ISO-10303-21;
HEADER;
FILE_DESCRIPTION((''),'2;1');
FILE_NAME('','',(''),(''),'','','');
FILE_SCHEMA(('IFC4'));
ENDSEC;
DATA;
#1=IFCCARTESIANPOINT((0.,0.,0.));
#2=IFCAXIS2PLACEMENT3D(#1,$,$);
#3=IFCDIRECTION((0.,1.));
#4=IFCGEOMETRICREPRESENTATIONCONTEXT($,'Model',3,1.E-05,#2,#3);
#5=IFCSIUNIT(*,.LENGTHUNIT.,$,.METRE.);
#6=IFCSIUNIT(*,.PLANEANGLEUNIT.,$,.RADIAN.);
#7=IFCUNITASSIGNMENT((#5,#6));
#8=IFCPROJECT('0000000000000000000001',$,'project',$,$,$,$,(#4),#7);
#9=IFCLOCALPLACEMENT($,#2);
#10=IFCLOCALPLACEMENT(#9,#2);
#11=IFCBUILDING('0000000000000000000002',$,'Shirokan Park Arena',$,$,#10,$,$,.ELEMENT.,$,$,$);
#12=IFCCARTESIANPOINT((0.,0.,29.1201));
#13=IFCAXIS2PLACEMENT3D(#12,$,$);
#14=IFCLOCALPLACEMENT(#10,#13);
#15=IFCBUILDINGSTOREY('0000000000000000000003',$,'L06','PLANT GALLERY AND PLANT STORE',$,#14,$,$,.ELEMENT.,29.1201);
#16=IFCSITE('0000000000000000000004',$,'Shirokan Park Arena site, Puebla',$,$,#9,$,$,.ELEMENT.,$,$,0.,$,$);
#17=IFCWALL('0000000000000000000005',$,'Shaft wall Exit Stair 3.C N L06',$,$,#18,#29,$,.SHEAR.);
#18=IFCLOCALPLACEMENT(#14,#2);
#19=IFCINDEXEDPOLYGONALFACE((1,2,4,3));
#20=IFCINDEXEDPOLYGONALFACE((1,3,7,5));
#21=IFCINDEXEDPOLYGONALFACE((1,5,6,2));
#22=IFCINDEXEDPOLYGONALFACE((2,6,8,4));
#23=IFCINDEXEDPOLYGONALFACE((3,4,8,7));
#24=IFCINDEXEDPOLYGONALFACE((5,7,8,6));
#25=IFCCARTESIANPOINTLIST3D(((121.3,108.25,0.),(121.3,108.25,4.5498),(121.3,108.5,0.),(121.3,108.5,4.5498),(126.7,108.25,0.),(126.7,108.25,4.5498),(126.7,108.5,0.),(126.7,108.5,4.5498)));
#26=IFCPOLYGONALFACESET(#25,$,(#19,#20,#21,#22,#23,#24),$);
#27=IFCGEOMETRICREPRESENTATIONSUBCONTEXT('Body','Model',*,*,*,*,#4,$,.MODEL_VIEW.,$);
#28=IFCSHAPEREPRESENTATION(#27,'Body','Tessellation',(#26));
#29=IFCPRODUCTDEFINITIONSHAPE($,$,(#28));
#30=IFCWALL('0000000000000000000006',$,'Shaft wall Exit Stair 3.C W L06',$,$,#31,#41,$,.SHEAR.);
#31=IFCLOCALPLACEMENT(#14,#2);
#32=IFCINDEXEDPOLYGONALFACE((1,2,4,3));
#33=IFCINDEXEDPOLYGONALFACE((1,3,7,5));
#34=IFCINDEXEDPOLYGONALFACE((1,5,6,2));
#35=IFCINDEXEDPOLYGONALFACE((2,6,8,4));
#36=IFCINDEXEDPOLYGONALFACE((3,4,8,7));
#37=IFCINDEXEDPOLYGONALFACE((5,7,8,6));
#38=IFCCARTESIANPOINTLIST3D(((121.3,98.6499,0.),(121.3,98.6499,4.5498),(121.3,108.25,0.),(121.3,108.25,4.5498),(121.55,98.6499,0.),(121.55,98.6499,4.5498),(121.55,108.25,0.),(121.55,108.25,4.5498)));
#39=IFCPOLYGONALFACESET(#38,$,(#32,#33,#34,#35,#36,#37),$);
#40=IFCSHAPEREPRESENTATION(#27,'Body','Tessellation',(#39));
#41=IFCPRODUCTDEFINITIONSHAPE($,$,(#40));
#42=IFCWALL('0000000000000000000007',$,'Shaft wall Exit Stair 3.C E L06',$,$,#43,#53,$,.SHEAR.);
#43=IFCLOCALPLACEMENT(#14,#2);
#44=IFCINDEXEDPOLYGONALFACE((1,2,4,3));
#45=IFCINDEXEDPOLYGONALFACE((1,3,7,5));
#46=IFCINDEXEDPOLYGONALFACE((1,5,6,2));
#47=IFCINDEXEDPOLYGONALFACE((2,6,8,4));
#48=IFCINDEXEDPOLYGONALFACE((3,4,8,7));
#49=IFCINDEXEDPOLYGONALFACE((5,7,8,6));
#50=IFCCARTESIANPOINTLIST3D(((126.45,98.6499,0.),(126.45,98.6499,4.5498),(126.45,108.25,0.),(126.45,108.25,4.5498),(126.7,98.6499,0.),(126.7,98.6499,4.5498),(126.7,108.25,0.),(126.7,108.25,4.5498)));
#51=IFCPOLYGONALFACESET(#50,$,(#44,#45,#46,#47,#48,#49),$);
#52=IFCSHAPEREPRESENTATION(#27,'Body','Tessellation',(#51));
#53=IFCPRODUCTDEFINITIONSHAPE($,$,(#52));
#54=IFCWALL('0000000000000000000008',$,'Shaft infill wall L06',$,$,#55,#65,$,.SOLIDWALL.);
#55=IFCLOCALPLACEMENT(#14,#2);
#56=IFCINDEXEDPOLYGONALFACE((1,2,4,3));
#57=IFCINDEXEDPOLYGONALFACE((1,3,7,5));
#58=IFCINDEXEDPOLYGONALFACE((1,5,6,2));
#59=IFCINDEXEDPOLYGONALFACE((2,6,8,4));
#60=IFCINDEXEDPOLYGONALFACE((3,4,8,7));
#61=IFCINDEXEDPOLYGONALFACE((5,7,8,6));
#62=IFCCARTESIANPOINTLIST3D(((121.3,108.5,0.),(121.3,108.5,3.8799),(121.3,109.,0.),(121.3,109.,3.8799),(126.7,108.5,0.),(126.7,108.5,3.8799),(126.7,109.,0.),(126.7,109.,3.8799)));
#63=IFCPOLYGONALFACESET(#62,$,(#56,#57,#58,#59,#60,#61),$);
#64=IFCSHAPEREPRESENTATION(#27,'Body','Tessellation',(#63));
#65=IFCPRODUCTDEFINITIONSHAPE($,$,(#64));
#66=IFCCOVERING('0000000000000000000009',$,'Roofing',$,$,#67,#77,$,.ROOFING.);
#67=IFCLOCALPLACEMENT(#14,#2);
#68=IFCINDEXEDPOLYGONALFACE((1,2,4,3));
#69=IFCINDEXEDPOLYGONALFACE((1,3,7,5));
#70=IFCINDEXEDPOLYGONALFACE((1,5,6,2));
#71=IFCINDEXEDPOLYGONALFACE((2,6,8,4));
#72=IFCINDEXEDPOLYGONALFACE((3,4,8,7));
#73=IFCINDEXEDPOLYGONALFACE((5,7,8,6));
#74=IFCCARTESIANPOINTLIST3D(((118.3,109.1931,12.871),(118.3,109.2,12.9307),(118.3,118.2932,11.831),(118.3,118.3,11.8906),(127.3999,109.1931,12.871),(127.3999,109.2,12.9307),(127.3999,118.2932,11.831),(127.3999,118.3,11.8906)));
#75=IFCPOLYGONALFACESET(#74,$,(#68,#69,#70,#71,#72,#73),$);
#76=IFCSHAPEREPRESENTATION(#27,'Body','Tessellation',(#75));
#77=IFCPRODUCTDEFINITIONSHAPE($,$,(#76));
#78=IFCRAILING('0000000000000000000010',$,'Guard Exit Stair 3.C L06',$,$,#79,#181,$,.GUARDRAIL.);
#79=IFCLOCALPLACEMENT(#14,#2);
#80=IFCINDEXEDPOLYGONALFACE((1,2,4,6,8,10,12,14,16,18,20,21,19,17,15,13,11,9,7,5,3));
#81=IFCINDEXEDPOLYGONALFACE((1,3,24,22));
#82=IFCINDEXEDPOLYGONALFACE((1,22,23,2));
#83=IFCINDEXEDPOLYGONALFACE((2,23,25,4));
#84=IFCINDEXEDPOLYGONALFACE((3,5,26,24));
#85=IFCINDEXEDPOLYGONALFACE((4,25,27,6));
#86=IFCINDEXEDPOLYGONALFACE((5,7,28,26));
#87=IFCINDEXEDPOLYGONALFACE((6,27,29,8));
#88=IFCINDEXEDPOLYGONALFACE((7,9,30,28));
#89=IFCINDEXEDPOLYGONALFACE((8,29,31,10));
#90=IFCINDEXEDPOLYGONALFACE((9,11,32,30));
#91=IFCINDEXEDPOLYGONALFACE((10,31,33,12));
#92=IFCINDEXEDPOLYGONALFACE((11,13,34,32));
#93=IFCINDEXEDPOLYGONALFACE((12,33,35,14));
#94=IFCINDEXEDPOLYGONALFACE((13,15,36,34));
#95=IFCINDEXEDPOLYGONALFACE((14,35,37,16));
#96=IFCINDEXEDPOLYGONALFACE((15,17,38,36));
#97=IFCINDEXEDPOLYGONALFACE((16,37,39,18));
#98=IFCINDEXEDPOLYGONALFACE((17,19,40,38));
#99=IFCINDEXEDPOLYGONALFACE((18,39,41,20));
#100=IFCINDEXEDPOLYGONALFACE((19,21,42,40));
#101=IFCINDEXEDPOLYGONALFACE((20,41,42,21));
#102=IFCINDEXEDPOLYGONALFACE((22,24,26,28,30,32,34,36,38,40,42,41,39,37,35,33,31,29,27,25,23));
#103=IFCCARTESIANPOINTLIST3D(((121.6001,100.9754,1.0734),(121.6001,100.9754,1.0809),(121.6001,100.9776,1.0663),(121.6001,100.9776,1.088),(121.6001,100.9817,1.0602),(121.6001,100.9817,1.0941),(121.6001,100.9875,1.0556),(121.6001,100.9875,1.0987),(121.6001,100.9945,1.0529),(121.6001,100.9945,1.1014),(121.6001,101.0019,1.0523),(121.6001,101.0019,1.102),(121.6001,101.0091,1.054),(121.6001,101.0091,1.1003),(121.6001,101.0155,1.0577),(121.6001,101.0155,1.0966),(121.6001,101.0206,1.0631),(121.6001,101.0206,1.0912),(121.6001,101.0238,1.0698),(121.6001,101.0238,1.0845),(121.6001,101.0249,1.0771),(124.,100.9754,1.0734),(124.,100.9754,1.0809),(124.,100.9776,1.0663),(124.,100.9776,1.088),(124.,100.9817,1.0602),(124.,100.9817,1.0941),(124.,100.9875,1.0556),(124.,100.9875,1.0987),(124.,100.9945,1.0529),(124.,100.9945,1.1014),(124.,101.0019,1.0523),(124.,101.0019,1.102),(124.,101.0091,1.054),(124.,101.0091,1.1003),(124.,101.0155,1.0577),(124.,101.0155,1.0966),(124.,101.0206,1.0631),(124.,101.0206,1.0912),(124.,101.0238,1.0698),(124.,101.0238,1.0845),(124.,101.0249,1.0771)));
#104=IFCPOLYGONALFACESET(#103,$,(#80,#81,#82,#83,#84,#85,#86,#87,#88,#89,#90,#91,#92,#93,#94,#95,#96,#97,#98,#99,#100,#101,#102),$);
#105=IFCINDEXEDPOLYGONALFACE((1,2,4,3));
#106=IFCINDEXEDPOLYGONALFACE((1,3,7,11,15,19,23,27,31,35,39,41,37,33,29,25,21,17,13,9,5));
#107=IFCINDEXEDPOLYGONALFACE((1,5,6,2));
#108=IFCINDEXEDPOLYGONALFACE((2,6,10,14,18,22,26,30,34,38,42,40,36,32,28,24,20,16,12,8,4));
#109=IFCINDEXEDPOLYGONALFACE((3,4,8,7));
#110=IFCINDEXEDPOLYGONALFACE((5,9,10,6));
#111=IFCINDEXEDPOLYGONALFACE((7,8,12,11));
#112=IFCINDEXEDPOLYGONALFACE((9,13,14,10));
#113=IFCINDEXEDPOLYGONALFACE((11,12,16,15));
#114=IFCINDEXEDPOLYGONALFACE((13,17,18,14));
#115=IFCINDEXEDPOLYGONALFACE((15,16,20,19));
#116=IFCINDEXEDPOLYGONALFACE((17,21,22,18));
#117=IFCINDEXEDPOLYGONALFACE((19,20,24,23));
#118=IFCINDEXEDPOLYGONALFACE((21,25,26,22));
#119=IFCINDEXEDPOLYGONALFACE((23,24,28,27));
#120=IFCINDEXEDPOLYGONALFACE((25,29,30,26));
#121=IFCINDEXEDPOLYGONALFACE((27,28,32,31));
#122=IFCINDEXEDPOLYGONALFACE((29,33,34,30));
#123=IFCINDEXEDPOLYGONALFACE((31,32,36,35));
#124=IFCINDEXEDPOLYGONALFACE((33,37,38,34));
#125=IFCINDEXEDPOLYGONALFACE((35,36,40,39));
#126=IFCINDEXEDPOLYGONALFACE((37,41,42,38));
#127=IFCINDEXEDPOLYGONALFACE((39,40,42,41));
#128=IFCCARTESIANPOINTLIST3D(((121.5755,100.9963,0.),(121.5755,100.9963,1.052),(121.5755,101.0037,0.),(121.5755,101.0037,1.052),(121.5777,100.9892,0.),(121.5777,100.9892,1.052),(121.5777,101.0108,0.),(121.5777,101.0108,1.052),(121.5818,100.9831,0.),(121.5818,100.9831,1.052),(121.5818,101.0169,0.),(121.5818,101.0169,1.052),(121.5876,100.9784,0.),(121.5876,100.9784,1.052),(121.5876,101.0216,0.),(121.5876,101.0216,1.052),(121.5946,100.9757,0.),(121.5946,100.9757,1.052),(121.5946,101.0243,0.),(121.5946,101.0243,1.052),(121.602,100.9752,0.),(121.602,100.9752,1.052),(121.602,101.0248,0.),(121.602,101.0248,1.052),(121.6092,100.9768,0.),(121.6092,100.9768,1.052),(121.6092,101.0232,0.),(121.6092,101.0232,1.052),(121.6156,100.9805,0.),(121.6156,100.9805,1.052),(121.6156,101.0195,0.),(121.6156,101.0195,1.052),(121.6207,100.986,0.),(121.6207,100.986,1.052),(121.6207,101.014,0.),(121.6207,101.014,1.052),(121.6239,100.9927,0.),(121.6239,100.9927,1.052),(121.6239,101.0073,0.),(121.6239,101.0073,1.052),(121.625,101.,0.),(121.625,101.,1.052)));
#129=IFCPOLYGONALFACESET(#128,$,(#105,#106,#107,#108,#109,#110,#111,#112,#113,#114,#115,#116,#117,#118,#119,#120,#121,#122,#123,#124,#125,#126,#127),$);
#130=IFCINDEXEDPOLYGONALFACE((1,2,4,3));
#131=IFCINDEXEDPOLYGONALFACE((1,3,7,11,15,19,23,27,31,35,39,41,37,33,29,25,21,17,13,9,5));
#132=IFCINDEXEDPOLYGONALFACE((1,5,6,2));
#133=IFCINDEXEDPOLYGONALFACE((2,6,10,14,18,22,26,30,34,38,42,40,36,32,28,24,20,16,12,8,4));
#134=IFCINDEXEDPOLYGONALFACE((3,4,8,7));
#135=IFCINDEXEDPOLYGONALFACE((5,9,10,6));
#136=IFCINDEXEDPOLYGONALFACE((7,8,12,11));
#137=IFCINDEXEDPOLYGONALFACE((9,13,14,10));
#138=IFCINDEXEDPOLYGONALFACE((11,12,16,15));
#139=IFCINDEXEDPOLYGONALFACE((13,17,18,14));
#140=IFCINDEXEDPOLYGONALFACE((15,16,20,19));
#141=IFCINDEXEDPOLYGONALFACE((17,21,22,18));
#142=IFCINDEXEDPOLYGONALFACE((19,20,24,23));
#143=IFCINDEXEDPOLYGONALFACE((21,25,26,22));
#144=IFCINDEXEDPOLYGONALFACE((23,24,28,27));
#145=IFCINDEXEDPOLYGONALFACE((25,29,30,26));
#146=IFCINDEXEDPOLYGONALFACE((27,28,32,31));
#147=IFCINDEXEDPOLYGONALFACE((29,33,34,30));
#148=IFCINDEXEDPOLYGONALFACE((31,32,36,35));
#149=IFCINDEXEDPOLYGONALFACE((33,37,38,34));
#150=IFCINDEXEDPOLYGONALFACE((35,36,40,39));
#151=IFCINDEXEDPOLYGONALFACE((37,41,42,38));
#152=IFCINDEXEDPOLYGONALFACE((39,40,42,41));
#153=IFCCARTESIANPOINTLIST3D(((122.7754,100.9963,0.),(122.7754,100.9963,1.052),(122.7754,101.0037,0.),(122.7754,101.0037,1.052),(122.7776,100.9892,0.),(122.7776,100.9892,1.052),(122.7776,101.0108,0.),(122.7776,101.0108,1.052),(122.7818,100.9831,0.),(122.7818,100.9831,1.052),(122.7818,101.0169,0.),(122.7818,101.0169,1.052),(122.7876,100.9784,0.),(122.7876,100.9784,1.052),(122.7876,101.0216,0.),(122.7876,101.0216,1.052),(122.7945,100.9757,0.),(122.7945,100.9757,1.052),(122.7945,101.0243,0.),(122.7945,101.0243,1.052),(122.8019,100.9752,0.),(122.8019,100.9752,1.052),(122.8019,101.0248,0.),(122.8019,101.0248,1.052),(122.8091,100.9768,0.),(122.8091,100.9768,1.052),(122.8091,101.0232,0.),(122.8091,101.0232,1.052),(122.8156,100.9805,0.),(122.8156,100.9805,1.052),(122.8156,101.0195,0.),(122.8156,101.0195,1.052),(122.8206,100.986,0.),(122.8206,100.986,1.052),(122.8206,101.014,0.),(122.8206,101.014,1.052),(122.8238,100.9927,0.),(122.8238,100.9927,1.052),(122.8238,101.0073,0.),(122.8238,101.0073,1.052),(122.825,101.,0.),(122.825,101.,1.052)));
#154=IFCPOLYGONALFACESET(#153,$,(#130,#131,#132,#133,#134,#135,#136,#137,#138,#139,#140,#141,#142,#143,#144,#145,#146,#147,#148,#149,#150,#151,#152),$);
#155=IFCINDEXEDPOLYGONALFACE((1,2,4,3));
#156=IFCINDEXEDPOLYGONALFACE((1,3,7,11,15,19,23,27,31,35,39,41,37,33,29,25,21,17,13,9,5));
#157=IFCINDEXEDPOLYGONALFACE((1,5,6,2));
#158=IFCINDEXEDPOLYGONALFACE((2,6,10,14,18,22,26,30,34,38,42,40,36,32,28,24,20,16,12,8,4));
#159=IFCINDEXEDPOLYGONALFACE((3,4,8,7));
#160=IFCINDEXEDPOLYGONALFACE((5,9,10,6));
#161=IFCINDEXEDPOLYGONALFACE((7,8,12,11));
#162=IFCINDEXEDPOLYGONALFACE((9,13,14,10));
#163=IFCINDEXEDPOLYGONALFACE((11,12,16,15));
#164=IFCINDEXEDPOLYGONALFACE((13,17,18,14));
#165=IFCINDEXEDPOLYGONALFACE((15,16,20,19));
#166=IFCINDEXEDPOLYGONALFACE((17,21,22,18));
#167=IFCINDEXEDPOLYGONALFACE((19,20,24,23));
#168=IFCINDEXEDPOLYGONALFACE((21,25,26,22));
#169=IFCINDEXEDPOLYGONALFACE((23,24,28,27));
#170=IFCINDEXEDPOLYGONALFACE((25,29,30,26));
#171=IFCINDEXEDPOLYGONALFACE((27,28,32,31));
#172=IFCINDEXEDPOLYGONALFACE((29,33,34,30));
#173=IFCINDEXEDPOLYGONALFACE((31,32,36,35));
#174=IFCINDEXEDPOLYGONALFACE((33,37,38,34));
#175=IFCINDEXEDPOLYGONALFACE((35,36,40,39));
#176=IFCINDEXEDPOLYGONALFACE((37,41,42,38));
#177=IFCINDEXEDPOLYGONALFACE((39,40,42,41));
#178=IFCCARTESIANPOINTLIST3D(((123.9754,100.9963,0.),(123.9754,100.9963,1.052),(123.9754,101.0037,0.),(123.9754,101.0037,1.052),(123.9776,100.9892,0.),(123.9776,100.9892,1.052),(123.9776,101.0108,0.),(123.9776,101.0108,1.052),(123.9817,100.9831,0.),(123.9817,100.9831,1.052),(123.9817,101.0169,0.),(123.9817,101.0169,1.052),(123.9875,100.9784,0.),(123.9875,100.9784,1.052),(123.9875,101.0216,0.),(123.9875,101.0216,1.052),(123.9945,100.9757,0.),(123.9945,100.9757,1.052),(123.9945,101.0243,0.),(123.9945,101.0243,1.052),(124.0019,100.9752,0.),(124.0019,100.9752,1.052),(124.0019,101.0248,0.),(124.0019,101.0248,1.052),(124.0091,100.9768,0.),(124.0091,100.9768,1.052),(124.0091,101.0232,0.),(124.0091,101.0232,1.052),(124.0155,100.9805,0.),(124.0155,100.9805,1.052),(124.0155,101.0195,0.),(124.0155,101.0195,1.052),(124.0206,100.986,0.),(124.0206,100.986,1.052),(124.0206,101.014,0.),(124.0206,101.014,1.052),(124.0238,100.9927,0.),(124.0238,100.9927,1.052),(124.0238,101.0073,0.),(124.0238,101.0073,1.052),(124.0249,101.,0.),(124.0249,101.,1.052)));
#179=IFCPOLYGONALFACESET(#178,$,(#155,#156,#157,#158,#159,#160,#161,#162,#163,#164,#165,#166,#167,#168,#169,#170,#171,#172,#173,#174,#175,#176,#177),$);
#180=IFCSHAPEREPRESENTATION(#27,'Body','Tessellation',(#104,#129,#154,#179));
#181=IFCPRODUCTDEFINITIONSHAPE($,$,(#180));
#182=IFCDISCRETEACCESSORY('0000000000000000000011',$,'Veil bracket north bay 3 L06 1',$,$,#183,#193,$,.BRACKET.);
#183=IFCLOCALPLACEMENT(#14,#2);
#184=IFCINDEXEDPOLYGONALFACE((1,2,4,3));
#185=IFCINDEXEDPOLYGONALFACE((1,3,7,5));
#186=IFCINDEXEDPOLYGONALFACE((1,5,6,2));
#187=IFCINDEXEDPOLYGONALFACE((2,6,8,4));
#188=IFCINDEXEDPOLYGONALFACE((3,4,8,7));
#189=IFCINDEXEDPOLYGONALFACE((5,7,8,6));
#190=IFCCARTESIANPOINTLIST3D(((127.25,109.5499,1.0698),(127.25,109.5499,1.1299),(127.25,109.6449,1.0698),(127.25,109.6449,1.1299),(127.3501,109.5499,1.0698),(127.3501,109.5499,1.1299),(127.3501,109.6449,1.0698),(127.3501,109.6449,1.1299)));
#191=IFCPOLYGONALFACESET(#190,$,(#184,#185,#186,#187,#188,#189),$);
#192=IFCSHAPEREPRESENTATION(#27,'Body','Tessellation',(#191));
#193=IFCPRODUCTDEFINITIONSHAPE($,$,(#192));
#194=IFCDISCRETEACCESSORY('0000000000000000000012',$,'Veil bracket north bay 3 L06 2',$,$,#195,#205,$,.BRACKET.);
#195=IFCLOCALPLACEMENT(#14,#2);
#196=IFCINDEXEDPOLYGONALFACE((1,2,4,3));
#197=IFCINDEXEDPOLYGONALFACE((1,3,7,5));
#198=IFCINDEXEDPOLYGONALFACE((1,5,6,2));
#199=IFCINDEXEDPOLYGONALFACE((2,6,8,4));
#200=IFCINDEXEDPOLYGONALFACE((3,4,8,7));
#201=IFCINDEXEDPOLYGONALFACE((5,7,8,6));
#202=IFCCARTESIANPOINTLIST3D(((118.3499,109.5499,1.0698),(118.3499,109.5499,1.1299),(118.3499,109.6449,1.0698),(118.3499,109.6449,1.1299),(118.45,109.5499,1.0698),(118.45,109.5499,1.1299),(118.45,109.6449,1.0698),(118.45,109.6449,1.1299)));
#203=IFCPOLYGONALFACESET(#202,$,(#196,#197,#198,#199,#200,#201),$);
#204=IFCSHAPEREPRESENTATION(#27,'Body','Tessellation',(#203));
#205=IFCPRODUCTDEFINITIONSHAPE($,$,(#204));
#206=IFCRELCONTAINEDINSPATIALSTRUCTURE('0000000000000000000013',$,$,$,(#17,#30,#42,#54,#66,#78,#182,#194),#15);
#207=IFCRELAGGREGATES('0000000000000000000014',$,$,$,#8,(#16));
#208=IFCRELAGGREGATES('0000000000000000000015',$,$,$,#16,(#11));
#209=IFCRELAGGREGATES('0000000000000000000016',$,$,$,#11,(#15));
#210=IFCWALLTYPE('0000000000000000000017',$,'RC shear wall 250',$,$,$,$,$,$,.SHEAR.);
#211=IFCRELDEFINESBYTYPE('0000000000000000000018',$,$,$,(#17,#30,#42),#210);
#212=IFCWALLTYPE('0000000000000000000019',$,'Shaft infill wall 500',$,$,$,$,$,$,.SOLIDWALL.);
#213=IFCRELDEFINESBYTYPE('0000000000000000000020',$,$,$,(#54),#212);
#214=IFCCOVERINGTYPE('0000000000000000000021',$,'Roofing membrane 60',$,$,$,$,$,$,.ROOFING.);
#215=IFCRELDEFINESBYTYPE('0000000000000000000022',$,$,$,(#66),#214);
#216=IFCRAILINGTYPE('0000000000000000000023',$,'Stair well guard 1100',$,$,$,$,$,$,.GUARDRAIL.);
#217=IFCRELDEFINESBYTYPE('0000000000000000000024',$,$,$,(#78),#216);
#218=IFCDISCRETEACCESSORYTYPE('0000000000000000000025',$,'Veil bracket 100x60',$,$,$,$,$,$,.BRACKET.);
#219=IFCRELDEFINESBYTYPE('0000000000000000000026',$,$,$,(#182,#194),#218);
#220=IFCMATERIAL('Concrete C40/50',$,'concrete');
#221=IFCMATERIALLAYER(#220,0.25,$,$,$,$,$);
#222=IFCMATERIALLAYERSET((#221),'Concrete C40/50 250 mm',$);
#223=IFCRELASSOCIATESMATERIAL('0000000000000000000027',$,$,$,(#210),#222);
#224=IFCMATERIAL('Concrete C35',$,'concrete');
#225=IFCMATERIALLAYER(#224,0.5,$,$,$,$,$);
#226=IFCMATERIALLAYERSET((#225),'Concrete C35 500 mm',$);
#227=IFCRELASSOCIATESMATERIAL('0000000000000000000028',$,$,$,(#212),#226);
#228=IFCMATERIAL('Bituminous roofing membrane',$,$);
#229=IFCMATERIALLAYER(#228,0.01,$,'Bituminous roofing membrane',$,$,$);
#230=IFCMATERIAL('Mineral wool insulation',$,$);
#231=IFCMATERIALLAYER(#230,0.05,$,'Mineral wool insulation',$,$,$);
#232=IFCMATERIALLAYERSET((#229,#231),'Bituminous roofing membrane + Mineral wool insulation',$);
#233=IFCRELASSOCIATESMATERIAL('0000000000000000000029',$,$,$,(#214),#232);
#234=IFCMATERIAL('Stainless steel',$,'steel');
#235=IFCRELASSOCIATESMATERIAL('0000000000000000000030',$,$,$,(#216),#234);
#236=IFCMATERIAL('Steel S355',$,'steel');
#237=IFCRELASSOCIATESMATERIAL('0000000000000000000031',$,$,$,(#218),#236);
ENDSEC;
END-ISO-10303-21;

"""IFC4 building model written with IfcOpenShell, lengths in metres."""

from ifc_helpers import new_model, si_unit, direction, frame, frame_2d, origin, origin_2d, place, context, subcontext, project, spatial, polyline, rectangle, circle, outline, extrude, material, layer, layer_set, type_object, element, save


model = new_model("IFC4")

# Units and contexts
model_context = context("Model", 3, precision=1e-05, world=origin(), true_north=direction((0.0, 1.0)))
body_context = subcontext(model_context, "Body", "Model", "MODEL_VIEW")
ifc_project = project(units=[si_unit("LENGTHUNIT", "METRE"), si_unit("PLANEANGLEUNIT", "RADIAN")], contexts=[model_context])

# Site, building, storey
site_placement = place(None, origin())
site = spatial("IfcSite", under=ifc_project, at=site_placement, Name="Shirokan Park Arena site, Puebla", CompositionType="ELEMENT", RefElevation=0.0)
building_placement = place(site_placement, origin())
building = spatial("IfcBuilding", under=site, at=building_placement, Name="Shirokan Park Arena", CompositionType="ELEMENT")
storey_placement = place(building_placement, frame((0.0, 0.0, 29.1201)))
storey = spatial("IfcBuildingStorey", under=building, at=storey_placement, Name="L06", Description="PLANT GALLERY AND PLANT STORE", CompositionType="ELEMENT", Elevation=29.1201)

# Shared definitions
ifc_material_1 = material(Name="Concrete C35", Category="concrete")

# Walls
ifc_material_2 = material(Name="Mineral wool insulation")
ifc_material_3 = material(Name="Concrete C40/50", Category="concrete")
ifc_layer_1 = layer(ifc_material_3, 0.25)
ifc_layer_set_1 = layer_set([ifc_layer_1], Name="Concrete C40/50 250 mm")
wall_type_1 = type_object("IfcWallType", Name="RC shear wall 250", PredefinedType="SHEAR", material=ifc_layer_set_1)
wall_1_placement = place(storey_placement, frame((126.7, 108.375, 0.0), z_axis=(0.0, 0.0, 1.0), x_axis=(-1.0, 0.0, 0.0)))
element("IfcWall", 1, at=wall_1_placement, inside=storey, type_object=wall_type_1, Name="Shaft wall Exit Stair 3.C N L06", PredefinedType="SHEAR", context=body_context, shape_type="SweptSolid", body=[
    extrude(rectangle(XDim=5.3999, YDim=0.25, at=frame_2d((2.7, 0.0))), origin(), (0.0, 0.0, 1.0), 4.5498),
])
for number, where, z_axis, x_axis, name in (
    (2, (121.425, 108.25, 0.0), (0.0, 0.0, 1.0), (0.0, -1.0, 0.0), "Shaft wall Exit Stair 3.C W L06"),
    (3, (126.575, 108.25, 0.0), (0.0, 0.0, 1.0), (0.0, -1.0, 0.0), "Shaft wall Exit Stair 3.C E L06"),
):
    element("IfcWall", number, at=place(storey_placement, frame(where, z_axis=z_axis, x_axis=x_axis)), inside=storey, type_object=wall_type_1, Name=name, PredefinedType="SHEAR", context=body_context, shape_type="SweptSolid", body=[
        extrude(rectangle(XDim=9.6001, YDim=0.25, at=frame_2d((4.8, 0.0))), origin(), (0.0, 0.0, 1.0), 4.5498),
    ])
ifc_layer_2 = layer(ifc_material_1, 0.5)
ifc_layer_set_2 = layer_set([ifc_layer_2], Name="Concrete C35 500 mm")
wall_type_2 = type_object("IfcWallType", Name="Shaft infill wall 500", PredefinedType="SOLIDWALL", material=ifc_layer_set_2)
wall_2_placement = place(storey_placement, frame((121.3, 108.75, 0.0), z_axis=(0.0, 0.0, 1.0), x_axis=(1.0, 0.0, 0.0)))
element("IfcWall", 4, at=wall_2_placement, inside=storey, type_object=wall_type_2, Name="Shaft infill wall L06", PredefinedType="SOLIDWALL", context=body_context, shape_type="SweptSolid", body=[
    extrude(rectangle(XDim=5.3999, YDim=0.5, at=frame_2d((2.7, 0.0))), origin(), (0.0, 0.0, 1.0), 3.8799),
])

# Covering
ifc_material_4 = material(Name="Bituminous roofing membrane")
ifc_layer_3 = layer(ifc_material_4, 0.01, Name="Bituminous roofing membrane")
ifc_layer_4 = layer(ifc_material_2, 0.05, Name="Mineral wool insulation")
ifc_layer_set_3 = layer_set([ifc_layer_3, ifc_layer_4], Name="Bituminous roofing membrane + Mineral wool insulation")
covering_type = type_object("IfcCoveringType", Name="Roofing membrane 60", PredefinedType="ROOFING", material=ifc_layer_set_3)
covering_placement = place(storey_placement, frame((118.3, 109.2, 12.9307), z_axis=(0.0, 0.11355, 0.993532), x_axis=(1.0, 0.0, 0.0)))
element("IfcCovering", 5, at=covering_placement, inside=storey, type_object=covering_type, Name="Roofing", PredefinedType="ROOFING", context=body_context, shape_type="SweptSolid", body=[
    extrude(outline(polyline([(0.0, 0.0), (9.0999, 0.0), (9.0999, 9.1593), (0.0, 9.1593), (0.0, 0.0)])), origin(), (0.0, 0.0, -1.0), 0.0601),
])

# Railing
ifc_material_5 = material(Name="Stainless steel", Category="steel")
railing_type = type_object("IfcRailingType", Name="Stair well guard 1100", PredefinedType="GUARDRAIL", material=ifc_material_5)
railing_placement = place(storey_placement, frame((121.6001, 101.0, 0.0)))
element("IfcRailing", 6, at=railing_placement, inside=storey, type_object=railing_type, Name="Guard Exit Stair 3.C L06", PredefinedType="GUARDRAIL", context=body_context, shape_type="SweptSolid", body=[
    extrude(circle(Radius=0.0249, at=origin_2d()), frame((0.0, 0.0, 1.0771), z_axis=(1.0, 0.0, 0.0), x_axis=(0.0, 1.0, 0.0)), (0.0, 0.0, 1.0), 2.3999),
    extrude(circle(Radius=0.0249, at=origin_2d()), origin(), (0.0, 0.0, 1.0), 1.052),
    extrude(circle(Radius=0.0249, at=origin_2d()), frame((1.2, 0.0, 0.0)), (0.0, 0.0, 1.0), 1.052),
    extrude(circle(Radius=0.0249, at=origin_2d()), frame((2.3999, 0.0, 0.0)), (0.0, 0.0, 1.0), 1.052),
])

# Discrete accessories
ifc_material_6 = material(Name="Steel S355", Category="steel")
discrete_accessory_type = type_object("IfcDiscreteAccessoryType", Name="Veil bracket 100x60", PredefinedType="BRACKET", material=ifc_material_6)
for number, where, z_axis, x_axis, name in (
    (7, (127.3, 109.5974, 1.0698), (0.0, 0.0, 1.0), (-1.0, 0.0, 0.0), "Veil bracket north bay 3 L06 1"),
    (8, (118.3999, 109.5974, 1.0698), (0.0, 0.0, 1.0), (-1.0, 0.0, 0.0), "Veil bracket north bay 3 L06 2"),
):
    element("IfcDiscreteAccessory", number, at=place(storey_placement, frame(where, z_axis=z_axis, x_axis=x_axis)), inside=storey, type_object=discrete_accessory_type, Name=name, PredefinedType="BRACKET", context=body_context, shape_type="SweptSolid", body=[
        extrude(rectangle(XDim=0.1001, YDim=0.095, at=origin_2d()), origin(), (0.0, 0.0, 1.0), 0.0601),
    ])

save(model, "model.ifc")
